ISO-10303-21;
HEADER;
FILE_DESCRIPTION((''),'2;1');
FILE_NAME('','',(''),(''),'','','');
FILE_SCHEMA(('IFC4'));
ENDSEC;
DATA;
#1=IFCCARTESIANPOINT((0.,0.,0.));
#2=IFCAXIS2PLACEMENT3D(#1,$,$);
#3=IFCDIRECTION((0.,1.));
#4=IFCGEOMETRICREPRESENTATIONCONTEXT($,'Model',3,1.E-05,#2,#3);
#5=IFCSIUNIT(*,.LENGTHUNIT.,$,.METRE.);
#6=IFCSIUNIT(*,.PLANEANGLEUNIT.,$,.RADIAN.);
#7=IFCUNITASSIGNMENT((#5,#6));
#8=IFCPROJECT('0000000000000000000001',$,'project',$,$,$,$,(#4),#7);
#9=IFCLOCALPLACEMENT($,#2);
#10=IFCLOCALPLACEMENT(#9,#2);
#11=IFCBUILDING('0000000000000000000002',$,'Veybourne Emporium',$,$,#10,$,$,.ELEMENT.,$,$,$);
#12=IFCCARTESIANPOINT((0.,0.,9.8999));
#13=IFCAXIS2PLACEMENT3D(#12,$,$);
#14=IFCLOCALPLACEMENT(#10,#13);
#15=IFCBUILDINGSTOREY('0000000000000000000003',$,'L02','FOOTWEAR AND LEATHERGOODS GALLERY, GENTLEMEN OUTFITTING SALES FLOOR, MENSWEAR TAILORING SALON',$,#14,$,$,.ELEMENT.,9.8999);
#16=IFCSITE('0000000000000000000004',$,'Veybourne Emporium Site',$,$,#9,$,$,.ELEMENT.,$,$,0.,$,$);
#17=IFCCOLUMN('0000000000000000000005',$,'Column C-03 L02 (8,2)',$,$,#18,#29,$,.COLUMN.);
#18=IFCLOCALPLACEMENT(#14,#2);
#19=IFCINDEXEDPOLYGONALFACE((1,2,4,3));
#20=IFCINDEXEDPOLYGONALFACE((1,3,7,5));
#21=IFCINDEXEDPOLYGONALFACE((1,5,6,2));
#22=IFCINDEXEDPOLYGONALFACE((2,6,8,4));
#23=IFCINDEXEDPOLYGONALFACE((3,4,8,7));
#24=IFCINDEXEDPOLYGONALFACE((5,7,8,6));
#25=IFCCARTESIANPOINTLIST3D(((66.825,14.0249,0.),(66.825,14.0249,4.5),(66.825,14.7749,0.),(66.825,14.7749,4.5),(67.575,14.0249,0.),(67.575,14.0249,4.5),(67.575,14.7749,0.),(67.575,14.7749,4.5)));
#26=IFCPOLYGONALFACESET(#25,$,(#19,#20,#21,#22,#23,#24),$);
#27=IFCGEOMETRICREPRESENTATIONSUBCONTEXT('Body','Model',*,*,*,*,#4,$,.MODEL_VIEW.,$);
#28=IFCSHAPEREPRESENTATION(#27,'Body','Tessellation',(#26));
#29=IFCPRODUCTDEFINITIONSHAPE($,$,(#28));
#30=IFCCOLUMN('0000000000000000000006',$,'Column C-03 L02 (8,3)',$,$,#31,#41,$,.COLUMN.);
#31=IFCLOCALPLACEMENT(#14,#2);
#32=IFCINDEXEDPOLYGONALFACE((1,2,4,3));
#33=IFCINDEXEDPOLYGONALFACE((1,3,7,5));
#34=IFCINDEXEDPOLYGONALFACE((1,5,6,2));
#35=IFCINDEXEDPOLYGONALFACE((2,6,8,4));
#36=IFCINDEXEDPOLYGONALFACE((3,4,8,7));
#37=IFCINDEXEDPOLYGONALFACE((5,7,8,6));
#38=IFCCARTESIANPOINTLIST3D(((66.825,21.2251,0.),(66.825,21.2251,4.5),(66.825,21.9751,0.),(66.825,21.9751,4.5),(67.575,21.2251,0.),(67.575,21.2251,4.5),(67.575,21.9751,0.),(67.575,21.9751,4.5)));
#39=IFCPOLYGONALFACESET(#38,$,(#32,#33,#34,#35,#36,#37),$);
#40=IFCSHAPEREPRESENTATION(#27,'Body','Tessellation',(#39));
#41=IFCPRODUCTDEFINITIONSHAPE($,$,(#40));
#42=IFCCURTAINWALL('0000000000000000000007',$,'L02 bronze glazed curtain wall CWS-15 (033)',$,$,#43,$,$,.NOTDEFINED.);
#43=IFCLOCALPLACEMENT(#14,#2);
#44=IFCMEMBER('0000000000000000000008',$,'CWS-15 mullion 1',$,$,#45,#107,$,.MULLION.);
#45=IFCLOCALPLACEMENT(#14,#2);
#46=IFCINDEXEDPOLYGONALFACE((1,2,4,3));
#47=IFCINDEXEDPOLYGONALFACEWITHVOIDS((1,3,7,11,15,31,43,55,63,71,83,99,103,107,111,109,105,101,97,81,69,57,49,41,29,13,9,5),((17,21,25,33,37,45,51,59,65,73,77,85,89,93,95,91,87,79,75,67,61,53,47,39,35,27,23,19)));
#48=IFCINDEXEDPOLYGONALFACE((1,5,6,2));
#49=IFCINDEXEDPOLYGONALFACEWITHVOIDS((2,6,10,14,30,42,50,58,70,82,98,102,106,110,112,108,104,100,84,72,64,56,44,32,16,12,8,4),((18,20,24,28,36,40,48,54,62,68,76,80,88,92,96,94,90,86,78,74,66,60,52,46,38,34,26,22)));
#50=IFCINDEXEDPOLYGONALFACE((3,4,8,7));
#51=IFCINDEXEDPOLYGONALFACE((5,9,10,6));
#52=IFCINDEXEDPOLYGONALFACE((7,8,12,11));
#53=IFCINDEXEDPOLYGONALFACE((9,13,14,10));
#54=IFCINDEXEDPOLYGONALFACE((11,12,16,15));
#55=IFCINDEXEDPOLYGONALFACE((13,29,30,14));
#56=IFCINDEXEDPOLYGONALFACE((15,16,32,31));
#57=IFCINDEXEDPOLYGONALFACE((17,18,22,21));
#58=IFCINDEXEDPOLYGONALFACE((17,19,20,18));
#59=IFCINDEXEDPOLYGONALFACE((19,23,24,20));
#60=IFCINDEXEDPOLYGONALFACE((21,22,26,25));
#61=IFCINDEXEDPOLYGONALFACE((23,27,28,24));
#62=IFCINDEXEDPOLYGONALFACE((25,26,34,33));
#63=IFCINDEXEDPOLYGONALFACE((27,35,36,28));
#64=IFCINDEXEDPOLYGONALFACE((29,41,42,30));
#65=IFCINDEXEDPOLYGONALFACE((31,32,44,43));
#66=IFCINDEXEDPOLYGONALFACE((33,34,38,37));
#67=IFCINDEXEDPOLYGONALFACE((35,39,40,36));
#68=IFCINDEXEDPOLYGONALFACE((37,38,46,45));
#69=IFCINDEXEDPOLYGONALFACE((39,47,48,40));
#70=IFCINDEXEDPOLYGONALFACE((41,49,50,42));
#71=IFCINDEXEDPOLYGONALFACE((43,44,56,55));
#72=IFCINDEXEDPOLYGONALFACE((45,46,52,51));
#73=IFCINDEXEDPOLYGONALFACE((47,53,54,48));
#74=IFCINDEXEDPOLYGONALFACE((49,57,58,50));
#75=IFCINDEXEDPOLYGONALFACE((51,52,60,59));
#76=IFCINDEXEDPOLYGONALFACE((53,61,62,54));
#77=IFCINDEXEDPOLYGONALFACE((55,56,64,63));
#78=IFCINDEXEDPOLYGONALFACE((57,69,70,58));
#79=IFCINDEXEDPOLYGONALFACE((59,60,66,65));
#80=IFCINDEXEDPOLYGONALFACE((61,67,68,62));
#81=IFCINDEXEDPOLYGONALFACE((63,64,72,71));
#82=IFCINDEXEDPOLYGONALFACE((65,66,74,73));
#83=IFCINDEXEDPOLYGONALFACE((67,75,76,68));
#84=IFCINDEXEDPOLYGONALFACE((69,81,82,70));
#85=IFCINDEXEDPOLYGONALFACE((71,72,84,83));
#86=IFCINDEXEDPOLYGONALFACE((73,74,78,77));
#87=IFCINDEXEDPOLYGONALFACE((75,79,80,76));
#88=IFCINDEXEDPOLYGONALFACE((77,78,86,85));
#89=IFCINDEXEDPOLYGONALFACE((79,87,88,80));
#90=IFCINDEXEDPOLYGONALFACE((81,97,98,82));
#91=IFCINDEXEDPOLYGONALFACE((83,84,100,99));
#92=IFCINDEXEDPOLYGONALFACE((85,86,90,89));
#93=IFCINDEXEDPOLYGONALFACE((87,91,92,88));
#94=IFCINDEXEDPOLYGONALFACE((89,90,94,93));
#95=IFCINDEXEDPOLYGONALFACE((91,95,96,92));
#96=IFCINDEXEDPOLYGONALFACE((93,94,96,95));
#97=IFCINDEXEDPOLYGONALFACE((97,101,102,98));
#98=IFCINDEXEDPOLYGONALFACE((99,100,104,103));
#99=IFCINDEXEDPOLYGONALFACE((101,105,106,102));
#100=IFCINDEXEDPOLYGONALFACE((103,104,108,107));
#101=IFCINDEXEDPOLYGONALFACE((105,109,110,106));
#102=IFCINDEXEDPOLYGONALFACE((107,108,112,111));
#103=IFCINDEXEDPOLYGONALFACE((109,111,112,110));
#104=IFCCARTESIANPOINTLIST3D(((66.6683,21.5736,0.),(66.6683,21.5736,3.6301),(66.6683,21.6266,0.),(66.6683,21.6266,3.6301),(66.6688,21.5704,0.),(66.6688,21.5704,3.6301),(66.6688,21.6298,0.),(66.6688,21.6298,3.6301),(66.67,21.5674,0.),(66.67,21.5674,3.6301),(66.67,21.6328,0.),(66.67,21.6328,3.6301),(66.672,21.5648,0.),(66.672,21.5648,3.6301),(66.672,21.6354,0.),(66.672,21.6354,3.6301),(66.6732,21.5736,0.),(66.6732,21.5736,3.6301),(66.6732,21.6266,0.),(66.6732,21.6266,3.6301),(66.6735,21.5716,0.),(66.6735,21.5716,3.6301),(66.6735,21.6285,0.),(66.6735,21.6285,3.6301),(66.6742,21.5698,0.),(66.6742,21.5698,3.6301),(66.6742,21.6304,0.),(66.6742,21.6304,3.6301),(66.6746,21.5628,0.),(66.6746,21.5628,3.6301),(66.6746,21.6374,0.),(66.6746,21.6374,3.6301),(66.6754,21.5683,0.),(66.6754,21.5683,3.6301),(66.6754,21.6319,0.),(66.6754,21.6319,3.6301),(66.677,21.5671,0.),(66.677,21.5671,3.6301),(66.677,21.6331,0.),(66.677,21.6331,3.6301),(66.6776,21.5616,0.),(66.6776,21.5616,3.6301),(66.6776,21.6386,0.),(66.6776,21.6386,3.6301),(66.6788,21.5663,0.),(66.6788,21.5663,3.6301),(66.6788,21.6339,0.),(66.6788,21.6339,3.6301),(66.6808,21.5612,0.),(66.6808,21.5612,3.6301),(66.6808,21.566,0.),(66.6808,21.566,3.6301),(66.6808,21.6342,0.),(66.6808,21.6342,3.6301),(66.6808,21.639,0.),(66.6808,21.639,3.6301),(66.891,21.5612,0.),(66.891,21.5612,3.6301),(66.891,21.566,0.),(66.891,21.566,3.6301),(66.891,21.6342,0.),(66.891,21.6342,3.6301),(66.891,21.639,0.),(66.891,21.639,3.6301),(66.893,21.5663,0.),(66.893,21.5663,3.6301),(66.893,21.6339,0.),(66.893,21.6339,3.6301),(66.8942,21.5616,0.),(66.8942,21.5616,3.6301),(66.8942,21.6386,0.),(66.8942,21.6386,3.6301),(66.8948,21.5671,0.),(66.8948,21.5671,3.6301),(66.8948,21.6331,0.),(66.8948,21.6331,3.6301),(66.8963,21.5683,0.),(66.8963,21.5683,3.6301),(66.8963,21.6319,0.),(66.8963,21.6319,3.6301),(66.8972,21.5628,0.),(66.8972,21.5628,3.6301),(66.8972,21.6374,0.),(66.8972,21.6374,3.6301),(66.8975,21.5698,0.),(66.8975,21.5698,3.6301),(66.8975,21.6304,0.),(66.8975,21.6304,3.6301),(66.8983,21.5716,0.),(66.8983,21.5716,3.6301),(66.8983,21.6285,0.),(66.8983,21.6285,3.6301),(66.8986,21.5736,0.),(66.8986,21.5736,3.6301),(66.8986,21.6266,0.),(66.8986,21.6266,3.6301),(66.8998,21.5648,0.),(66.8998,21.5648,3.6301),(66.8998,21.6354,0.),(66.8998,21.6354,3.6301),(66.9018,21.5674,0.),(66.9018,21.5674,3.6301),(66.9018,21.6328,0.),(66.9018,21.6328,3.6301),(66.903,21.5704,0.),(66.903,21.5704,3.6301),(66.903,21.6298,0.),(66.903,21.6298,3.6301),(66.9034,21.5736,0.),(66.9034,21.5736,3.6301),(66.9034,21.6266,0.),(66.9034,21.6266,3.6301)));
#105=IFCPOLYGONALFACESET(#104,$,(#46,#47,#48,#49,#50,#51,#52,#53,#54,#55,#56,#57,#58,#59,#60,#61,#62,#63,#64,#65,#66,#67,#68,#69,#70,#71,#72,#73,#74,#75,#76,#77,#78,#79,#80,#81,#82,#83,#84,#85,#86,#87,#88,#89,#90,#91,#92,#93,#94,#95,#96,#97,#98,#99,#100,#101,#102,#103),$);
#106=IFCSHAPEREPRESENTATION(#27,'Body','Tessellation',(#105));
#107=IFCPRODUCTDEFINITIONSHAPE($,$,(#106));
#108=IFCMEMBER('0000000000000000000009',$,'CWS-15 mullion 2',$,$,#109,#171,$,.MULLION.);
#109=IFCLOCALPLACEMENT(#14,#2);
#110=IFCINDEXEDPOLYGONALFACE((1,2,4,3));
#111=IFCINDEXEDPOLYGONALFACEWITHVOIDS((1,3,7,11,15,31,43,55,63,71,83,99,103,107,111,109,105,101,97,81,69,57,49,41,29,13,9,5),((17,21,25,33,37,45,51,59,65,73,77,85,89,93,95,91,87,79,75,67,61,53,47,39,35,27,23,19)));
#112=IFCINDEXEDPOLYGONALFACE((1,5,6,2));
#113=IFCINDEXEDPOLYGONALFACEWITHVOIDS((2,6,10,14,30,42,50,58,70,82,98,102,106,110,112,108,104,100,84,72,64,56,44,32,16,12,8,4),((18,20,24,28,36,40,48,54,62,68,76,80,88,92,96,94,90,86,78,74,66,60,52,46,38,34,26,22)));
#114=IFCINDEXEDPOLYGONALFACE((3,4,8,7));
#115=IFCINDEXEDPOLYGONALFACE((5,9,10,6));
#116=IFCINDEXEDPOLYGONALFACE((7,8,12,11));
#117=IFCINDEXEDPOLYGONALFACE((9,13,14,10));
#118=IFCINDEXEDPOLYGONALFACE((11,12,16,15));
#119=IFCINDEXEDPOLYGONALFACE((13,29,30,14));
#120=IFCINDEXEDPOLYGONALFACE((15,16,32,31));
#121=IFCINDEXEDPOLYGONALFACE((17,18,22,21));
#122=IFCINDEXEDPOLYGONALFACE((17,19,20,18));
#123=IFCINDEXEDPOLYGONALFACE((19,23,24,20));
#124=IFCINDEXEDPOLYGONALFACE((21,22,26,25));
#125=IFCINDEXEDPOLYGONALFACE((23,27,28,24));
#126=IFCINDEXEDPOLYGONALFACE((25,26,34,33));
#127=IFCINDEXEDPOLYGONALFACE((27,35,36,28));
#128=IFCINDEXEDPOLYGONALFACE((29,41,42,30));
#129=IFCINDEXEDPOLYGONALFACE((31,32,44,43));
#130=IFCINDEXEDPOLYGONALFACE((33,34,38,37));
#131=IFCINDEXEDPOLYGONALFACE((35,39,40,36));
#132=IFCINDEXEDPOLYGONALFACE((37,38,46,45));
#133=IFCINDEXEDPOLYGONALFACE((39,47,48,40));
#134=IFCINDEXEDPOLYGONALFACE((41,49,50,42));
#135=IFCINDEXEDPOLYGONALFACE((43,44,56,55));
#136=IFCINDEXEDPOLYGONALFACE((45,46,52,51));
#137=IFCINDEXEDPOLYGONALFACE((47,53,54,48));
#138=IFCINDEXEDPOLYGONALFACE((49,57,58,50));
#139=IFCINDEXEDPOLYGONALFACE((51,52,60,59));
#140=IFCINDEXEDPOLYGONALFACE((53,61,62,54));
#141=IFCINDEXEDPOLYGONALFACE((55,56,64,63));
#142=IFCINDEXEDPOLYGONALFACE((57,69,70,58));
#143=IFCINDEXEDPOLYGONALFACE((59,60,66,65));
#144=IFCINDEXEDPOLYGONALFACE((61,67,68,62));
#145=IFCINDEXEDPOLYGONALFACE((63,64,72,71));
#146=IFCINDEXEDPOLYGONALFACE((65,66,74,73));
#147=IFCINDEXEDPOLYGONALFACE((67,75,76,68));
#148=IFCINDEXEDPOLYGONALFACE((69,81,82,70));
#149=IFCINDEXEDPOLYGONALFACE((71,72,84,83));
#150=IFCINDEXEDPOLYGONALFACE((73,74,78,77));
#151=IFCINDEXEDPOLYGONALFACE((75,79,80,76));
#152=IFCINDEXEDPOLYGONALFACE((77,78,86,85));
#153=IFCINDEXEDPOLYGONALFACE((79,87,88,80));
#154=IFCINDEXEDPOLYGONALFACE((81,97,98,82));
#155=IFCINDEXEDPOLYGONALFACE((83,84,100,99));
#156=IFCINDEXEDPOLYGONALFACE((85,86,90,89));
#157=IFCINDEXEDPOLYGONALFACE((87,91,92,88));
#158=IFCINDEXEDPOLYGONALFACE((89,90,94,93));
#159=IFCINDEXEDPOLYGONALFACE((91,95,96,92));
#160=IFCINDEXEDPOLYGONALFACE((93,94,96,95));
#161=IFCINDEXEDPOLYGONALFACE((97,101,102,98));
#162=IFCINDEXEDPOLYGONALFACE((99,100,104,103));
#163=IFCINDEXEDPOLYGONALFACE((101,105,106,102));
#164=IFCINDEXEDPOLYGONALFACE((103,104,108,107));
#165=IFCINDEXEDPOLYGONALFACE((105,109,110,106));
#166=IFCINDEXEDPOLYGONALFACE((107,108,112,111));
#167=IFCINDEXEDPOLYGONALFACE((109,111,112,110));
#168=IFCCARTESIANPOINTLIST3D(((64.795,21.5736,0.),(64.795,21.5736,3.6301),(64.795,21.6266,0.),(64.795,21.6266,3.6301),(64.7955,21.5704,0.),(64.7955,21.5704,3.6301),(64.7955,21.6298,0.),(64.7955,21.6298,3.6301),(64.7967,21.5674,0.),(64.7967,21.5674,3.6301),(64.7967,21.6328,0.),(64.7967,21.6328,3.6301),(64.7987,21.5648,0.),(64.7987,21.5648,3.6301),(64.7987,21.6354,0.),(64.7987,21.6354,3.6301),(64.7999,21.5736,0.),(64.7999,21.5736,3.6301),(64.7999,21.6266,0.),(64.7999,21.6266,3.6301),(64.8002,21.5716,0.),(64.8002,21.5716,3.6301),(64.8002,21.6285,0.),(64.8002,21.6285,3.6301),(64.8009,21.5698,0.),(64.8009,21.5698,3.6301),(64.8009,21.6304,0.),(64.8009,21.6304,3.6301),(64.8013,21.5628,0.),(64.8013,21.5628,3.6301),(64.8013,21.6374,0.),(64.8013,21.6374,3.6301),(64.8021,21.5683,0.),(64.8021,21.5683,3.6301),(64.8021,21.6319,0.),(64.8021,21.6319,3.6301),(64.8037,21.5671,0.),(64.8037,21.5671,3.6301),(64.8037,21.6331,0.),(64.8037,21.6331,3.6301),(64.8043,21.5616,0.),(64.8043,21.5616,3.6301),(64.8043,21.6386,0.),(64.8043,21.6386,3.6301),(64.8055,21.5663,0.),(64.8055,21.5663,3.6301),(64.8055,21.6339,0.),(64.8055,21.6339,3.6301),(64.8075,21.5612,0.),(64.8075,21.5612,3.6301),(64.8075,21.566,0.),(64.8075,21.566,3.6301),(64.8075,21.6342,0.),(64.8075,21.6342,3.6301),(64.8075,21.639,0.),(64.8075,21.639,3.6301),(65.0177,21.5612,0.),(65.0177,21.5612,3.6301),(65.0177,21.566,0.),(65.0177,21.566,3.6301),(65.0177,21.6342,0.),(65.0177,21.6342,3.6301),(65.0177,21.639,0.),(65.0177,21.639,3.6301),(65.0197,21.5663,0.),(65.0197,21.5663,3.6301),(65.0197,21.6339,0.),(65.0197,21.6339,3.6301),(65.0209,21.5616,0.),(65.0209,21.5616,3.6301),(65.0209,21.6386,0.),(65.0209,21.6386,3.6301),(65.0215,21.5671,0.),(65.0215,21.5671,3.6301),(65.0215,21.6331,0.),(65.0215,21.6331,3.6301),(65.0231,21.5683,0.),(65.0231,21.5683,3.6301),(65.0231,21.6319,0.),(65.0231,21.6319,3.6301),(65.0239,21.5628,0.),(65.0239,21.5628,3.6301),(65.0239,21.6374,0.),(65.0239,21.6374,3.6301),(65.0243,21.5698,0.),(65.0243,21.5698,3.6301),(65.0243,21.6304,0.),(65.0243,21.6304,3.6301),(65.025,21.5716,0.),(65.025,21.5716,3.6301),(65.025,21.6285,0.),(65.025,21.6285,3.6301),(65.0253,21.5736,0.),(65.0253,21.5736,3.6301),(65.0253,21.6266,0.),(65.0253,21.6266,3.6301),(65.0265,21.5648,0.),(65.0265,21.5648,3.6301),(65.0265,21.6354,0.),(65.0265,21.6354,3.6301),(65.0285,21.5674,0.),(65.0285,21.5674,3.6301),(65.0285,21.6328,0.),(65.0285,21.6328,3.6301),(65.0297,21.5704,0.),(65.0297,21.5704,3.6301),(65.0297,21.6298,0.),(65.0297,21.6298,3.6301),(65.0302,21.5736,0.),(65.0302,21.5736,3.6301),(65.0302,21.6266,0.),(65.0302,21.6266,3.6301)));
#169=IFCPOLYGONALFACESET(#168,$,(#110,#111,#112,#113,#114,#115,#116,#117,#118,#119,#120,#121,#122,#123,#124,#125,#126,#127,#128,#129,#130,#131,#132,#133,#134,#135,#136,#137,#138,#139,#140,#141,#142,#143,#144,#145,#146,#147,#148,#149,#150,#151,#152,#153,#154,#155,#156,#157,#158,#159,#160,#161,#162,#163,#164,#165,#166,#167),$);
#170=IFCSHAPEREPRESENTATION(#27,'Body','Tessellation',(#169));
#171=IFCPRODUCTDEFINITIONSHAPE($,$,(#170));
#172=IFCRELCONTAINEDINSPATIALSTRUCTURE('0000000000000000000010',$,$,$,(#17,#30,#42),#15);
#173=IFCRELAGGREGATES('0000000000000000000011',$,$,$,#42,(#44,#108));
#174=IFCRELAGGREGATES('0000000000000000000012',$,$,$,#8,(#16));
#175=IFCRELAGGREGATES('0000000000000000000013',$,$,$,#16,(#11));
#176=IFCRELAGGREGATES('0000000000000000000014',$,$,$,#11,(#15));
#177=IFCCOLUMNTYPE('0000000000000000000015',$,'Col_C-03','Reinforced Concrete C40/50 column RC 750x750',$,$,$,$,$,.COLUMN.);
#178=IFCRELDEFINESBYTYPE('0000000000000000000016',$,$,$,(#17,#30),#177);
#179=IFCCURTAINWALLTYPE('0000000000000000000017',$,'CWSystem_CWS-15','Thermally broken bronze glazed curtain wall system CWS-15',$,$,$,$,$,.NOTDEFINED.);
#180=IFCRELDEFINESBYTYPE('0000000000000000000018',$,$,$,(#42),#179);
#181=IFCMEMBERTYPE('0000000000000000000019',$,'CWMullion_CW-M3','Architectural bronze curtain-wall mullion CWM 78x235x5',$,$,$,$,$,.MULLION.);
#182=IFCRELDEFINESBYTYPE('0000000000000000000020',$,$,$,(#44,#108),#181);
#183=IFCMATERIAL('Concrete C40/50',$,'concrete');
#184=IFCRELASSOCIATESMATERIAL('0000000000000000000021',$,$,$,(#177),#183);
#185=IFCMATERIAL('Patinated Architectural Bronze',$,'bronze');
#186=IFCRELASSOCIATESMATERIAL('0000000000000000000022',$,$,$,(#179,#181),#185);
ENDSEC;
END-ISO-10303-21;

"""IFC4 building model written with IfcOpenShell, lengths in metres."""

from ifc_helpers import new_model, si_unit, direction, frame, origin, origin_2d, place, context, subcontext, project, spatial, rectangle, hollow_rectangle, extrude, material, material_profile, profile_set, type_object, element, aggregate, save


model = new_model("IFC4")

# Units and contexts
model_context = context("Model", 3, precision=1e-05, world=origin(), true_north=direction((0.0, 1.0)))
body_context = subcontext(model_context, "Body", "Model", "MODEL_VIEW")
ifc_project = project(units=[si_unit("LENGTHUNIT", "METRE"), si_unit("PLANEANGLEUNIT", "RADIAN")], contexts=[model_context])

# Site, building, storey
site_placement = place(None, origin())
site = spatial("IfcSite", under=ifc_project, at=site_placement, Name="Veybourne Emporium Site", CompositionType="ELEMENT", RefElevation=0.0)
building_placement = place(site_placement, origin())
building = spatial("IfcBuilding", under=site, at=building_placement, Name="Veybourne Emporium", CompositionType="ELEMENT")
storey_placement = place(building_placement, frame((0.0, 0.0, 9.8999)))
storey = spatial("IfcBuildingStorey", under=building, at=storey_placement, Name="L02", Description="FOOTWEAR AND LEATHERGOODS GALLERY, GENTLEMEN OUTFITTING SALES FLOOR, MENSWEAR TAILORING SALON", CompositionType="ELEMENT", Elevation=9.8999)

# Columns
ifc_material_1 = material(Name="Concrete C40/50", Category="concrete")
ifc_material_profile_1 = material_profile(ifc_material_1, rectangle(XDim=0.75, YDim=0.75, at=origin_2d()), Name="RC 750x750")
ifc_profile_set_1 = profile_set([ifc_material_profile_1], Name="Concrete C40/50")
column_type = type_object("IfcColumnType", Name="Col_C-03", Description="Reinforced Concrete C40/50 column RC 750x750", PredefinedType="COLUMN", material=ifc_profile_set_1)
for number, where, z_axis, x_axis, name in (
    (1, (67.2, 14.3999, 0.0), (0.0, 0.0, 1.0), (1.0, 0.0, 0.0), "Column C-03 L02 (8,2)"),
    (2, (67.2, 21.6001, 0.0), (0.0, 0.0, 1.0), (1.0, 0.0, 0.0), "Column C-03 L02 (8,3)"),
):
    element("IfcColumn", number, at=place(storey_placement, frame(where, z_axis=z_axis, x_axis=x_axis)), inside=storey, type_object=column_type, Name=name, PredefinedType="COLUMN", context=body_context, shape_type="SweptSolid", body=[
        extrude(rectangle(XDim=0.75, YDim=0.75, at=origin_2d()), origin(), (0.0, 0.0, 1.0), 4.5),
    ])

# Curtain wall, members
ifc_material_2 = material(Name="Patinated Architectural Bronze", Category="bronze")
curtain_wall_type_1 = type_object("IfcCurtainWallType", Name="CWSystem_CWS-15", Description="Thermally broken bronze glazed curtain wall system CWS-15", PredefinedType="NOTDEFINED", material=ifc_material_2)
curtain_wall_1_placement = place(storey_placement, origin())
curtain_wall_1 = element("IfcCurtainWall", 3, at=curtain_wall_1_placement, inside=storey, type_object=curtain_wall_type_1, Name="L02 bronze glazed curtain wall CWS-15 (033)", PredefinedType="NOTDEFINED")
ifc_material_profile_2 = material_profile(ifc_material_2, hollow_rectangle(XDim=0.0779, YDim=0.2351, WallThickness=0.0049, InnerFilletRadius=0.0076, OuterFilletRadius=0.0125, at=origin_2d()), Name="CWM 78x235x5")
ifc_profile_set_2 = profile_set([ifc_material_profile_2], Name="Patinated Architectural Bronze")
member_type_1 = type_object("IfcMemberType", Name="CWMullion_CW-M3", Description="Architectural bronze curtain-wall mullion CWM 78x235x5", PredefinedType="MULLION", material=ifc_profile_set_2)
member_1_placement = place(storey_placement, frame((66.7859, 21.6001, 0.0), z_axis=(0.0, 0.0, 1.0), x_axis=(0.0, -1.0, 0.0)))
member_1 = element("IfcMember", 4, at=member_1_placement, type_object=member_type_1, Name="CWS-15 mullion 1", PredefinedType="MULLION", context=body_context, shape_type="SweptSolid", body=[
    extrude(hollow_rectangle(XDim=0.0779, YDim=0.2351, WallThickness=0.0049, InnerFilletRadius=0.0076, OuterFilletRadius=0.0125, at=origin_2d()), origin(), (0.0, 0.0, 1.0), 3.6301),
])
member_2_placement = place(storey_placement, frame((64.9126, 21.6001, 0.0), z_axis=(0.0, 0.0, 1.0), x_axis=(0.0, -1.0, 0.0)))
member_2 = element("IfcMember", 5, at=member_2_placement, type_object=member_type_1, Name="CWS-15 mullion 2", PredefinedType="MULLION", context=body_context, shape_type="SweptSolid", body=[
    extrude(hollow_rectangle(XDim=0.0779, YDim=0.2351, WallThickness=0.0049, InnerFilletRadius=0.0076, OuterFilletRadius=0.0125, at=origin_2d()), origin(), (0.0, 0.0, 1.0), 3.6301),
])

aggregate(curtain_wall_1, [member_1, member_2])

save(model, "model.ifc")
